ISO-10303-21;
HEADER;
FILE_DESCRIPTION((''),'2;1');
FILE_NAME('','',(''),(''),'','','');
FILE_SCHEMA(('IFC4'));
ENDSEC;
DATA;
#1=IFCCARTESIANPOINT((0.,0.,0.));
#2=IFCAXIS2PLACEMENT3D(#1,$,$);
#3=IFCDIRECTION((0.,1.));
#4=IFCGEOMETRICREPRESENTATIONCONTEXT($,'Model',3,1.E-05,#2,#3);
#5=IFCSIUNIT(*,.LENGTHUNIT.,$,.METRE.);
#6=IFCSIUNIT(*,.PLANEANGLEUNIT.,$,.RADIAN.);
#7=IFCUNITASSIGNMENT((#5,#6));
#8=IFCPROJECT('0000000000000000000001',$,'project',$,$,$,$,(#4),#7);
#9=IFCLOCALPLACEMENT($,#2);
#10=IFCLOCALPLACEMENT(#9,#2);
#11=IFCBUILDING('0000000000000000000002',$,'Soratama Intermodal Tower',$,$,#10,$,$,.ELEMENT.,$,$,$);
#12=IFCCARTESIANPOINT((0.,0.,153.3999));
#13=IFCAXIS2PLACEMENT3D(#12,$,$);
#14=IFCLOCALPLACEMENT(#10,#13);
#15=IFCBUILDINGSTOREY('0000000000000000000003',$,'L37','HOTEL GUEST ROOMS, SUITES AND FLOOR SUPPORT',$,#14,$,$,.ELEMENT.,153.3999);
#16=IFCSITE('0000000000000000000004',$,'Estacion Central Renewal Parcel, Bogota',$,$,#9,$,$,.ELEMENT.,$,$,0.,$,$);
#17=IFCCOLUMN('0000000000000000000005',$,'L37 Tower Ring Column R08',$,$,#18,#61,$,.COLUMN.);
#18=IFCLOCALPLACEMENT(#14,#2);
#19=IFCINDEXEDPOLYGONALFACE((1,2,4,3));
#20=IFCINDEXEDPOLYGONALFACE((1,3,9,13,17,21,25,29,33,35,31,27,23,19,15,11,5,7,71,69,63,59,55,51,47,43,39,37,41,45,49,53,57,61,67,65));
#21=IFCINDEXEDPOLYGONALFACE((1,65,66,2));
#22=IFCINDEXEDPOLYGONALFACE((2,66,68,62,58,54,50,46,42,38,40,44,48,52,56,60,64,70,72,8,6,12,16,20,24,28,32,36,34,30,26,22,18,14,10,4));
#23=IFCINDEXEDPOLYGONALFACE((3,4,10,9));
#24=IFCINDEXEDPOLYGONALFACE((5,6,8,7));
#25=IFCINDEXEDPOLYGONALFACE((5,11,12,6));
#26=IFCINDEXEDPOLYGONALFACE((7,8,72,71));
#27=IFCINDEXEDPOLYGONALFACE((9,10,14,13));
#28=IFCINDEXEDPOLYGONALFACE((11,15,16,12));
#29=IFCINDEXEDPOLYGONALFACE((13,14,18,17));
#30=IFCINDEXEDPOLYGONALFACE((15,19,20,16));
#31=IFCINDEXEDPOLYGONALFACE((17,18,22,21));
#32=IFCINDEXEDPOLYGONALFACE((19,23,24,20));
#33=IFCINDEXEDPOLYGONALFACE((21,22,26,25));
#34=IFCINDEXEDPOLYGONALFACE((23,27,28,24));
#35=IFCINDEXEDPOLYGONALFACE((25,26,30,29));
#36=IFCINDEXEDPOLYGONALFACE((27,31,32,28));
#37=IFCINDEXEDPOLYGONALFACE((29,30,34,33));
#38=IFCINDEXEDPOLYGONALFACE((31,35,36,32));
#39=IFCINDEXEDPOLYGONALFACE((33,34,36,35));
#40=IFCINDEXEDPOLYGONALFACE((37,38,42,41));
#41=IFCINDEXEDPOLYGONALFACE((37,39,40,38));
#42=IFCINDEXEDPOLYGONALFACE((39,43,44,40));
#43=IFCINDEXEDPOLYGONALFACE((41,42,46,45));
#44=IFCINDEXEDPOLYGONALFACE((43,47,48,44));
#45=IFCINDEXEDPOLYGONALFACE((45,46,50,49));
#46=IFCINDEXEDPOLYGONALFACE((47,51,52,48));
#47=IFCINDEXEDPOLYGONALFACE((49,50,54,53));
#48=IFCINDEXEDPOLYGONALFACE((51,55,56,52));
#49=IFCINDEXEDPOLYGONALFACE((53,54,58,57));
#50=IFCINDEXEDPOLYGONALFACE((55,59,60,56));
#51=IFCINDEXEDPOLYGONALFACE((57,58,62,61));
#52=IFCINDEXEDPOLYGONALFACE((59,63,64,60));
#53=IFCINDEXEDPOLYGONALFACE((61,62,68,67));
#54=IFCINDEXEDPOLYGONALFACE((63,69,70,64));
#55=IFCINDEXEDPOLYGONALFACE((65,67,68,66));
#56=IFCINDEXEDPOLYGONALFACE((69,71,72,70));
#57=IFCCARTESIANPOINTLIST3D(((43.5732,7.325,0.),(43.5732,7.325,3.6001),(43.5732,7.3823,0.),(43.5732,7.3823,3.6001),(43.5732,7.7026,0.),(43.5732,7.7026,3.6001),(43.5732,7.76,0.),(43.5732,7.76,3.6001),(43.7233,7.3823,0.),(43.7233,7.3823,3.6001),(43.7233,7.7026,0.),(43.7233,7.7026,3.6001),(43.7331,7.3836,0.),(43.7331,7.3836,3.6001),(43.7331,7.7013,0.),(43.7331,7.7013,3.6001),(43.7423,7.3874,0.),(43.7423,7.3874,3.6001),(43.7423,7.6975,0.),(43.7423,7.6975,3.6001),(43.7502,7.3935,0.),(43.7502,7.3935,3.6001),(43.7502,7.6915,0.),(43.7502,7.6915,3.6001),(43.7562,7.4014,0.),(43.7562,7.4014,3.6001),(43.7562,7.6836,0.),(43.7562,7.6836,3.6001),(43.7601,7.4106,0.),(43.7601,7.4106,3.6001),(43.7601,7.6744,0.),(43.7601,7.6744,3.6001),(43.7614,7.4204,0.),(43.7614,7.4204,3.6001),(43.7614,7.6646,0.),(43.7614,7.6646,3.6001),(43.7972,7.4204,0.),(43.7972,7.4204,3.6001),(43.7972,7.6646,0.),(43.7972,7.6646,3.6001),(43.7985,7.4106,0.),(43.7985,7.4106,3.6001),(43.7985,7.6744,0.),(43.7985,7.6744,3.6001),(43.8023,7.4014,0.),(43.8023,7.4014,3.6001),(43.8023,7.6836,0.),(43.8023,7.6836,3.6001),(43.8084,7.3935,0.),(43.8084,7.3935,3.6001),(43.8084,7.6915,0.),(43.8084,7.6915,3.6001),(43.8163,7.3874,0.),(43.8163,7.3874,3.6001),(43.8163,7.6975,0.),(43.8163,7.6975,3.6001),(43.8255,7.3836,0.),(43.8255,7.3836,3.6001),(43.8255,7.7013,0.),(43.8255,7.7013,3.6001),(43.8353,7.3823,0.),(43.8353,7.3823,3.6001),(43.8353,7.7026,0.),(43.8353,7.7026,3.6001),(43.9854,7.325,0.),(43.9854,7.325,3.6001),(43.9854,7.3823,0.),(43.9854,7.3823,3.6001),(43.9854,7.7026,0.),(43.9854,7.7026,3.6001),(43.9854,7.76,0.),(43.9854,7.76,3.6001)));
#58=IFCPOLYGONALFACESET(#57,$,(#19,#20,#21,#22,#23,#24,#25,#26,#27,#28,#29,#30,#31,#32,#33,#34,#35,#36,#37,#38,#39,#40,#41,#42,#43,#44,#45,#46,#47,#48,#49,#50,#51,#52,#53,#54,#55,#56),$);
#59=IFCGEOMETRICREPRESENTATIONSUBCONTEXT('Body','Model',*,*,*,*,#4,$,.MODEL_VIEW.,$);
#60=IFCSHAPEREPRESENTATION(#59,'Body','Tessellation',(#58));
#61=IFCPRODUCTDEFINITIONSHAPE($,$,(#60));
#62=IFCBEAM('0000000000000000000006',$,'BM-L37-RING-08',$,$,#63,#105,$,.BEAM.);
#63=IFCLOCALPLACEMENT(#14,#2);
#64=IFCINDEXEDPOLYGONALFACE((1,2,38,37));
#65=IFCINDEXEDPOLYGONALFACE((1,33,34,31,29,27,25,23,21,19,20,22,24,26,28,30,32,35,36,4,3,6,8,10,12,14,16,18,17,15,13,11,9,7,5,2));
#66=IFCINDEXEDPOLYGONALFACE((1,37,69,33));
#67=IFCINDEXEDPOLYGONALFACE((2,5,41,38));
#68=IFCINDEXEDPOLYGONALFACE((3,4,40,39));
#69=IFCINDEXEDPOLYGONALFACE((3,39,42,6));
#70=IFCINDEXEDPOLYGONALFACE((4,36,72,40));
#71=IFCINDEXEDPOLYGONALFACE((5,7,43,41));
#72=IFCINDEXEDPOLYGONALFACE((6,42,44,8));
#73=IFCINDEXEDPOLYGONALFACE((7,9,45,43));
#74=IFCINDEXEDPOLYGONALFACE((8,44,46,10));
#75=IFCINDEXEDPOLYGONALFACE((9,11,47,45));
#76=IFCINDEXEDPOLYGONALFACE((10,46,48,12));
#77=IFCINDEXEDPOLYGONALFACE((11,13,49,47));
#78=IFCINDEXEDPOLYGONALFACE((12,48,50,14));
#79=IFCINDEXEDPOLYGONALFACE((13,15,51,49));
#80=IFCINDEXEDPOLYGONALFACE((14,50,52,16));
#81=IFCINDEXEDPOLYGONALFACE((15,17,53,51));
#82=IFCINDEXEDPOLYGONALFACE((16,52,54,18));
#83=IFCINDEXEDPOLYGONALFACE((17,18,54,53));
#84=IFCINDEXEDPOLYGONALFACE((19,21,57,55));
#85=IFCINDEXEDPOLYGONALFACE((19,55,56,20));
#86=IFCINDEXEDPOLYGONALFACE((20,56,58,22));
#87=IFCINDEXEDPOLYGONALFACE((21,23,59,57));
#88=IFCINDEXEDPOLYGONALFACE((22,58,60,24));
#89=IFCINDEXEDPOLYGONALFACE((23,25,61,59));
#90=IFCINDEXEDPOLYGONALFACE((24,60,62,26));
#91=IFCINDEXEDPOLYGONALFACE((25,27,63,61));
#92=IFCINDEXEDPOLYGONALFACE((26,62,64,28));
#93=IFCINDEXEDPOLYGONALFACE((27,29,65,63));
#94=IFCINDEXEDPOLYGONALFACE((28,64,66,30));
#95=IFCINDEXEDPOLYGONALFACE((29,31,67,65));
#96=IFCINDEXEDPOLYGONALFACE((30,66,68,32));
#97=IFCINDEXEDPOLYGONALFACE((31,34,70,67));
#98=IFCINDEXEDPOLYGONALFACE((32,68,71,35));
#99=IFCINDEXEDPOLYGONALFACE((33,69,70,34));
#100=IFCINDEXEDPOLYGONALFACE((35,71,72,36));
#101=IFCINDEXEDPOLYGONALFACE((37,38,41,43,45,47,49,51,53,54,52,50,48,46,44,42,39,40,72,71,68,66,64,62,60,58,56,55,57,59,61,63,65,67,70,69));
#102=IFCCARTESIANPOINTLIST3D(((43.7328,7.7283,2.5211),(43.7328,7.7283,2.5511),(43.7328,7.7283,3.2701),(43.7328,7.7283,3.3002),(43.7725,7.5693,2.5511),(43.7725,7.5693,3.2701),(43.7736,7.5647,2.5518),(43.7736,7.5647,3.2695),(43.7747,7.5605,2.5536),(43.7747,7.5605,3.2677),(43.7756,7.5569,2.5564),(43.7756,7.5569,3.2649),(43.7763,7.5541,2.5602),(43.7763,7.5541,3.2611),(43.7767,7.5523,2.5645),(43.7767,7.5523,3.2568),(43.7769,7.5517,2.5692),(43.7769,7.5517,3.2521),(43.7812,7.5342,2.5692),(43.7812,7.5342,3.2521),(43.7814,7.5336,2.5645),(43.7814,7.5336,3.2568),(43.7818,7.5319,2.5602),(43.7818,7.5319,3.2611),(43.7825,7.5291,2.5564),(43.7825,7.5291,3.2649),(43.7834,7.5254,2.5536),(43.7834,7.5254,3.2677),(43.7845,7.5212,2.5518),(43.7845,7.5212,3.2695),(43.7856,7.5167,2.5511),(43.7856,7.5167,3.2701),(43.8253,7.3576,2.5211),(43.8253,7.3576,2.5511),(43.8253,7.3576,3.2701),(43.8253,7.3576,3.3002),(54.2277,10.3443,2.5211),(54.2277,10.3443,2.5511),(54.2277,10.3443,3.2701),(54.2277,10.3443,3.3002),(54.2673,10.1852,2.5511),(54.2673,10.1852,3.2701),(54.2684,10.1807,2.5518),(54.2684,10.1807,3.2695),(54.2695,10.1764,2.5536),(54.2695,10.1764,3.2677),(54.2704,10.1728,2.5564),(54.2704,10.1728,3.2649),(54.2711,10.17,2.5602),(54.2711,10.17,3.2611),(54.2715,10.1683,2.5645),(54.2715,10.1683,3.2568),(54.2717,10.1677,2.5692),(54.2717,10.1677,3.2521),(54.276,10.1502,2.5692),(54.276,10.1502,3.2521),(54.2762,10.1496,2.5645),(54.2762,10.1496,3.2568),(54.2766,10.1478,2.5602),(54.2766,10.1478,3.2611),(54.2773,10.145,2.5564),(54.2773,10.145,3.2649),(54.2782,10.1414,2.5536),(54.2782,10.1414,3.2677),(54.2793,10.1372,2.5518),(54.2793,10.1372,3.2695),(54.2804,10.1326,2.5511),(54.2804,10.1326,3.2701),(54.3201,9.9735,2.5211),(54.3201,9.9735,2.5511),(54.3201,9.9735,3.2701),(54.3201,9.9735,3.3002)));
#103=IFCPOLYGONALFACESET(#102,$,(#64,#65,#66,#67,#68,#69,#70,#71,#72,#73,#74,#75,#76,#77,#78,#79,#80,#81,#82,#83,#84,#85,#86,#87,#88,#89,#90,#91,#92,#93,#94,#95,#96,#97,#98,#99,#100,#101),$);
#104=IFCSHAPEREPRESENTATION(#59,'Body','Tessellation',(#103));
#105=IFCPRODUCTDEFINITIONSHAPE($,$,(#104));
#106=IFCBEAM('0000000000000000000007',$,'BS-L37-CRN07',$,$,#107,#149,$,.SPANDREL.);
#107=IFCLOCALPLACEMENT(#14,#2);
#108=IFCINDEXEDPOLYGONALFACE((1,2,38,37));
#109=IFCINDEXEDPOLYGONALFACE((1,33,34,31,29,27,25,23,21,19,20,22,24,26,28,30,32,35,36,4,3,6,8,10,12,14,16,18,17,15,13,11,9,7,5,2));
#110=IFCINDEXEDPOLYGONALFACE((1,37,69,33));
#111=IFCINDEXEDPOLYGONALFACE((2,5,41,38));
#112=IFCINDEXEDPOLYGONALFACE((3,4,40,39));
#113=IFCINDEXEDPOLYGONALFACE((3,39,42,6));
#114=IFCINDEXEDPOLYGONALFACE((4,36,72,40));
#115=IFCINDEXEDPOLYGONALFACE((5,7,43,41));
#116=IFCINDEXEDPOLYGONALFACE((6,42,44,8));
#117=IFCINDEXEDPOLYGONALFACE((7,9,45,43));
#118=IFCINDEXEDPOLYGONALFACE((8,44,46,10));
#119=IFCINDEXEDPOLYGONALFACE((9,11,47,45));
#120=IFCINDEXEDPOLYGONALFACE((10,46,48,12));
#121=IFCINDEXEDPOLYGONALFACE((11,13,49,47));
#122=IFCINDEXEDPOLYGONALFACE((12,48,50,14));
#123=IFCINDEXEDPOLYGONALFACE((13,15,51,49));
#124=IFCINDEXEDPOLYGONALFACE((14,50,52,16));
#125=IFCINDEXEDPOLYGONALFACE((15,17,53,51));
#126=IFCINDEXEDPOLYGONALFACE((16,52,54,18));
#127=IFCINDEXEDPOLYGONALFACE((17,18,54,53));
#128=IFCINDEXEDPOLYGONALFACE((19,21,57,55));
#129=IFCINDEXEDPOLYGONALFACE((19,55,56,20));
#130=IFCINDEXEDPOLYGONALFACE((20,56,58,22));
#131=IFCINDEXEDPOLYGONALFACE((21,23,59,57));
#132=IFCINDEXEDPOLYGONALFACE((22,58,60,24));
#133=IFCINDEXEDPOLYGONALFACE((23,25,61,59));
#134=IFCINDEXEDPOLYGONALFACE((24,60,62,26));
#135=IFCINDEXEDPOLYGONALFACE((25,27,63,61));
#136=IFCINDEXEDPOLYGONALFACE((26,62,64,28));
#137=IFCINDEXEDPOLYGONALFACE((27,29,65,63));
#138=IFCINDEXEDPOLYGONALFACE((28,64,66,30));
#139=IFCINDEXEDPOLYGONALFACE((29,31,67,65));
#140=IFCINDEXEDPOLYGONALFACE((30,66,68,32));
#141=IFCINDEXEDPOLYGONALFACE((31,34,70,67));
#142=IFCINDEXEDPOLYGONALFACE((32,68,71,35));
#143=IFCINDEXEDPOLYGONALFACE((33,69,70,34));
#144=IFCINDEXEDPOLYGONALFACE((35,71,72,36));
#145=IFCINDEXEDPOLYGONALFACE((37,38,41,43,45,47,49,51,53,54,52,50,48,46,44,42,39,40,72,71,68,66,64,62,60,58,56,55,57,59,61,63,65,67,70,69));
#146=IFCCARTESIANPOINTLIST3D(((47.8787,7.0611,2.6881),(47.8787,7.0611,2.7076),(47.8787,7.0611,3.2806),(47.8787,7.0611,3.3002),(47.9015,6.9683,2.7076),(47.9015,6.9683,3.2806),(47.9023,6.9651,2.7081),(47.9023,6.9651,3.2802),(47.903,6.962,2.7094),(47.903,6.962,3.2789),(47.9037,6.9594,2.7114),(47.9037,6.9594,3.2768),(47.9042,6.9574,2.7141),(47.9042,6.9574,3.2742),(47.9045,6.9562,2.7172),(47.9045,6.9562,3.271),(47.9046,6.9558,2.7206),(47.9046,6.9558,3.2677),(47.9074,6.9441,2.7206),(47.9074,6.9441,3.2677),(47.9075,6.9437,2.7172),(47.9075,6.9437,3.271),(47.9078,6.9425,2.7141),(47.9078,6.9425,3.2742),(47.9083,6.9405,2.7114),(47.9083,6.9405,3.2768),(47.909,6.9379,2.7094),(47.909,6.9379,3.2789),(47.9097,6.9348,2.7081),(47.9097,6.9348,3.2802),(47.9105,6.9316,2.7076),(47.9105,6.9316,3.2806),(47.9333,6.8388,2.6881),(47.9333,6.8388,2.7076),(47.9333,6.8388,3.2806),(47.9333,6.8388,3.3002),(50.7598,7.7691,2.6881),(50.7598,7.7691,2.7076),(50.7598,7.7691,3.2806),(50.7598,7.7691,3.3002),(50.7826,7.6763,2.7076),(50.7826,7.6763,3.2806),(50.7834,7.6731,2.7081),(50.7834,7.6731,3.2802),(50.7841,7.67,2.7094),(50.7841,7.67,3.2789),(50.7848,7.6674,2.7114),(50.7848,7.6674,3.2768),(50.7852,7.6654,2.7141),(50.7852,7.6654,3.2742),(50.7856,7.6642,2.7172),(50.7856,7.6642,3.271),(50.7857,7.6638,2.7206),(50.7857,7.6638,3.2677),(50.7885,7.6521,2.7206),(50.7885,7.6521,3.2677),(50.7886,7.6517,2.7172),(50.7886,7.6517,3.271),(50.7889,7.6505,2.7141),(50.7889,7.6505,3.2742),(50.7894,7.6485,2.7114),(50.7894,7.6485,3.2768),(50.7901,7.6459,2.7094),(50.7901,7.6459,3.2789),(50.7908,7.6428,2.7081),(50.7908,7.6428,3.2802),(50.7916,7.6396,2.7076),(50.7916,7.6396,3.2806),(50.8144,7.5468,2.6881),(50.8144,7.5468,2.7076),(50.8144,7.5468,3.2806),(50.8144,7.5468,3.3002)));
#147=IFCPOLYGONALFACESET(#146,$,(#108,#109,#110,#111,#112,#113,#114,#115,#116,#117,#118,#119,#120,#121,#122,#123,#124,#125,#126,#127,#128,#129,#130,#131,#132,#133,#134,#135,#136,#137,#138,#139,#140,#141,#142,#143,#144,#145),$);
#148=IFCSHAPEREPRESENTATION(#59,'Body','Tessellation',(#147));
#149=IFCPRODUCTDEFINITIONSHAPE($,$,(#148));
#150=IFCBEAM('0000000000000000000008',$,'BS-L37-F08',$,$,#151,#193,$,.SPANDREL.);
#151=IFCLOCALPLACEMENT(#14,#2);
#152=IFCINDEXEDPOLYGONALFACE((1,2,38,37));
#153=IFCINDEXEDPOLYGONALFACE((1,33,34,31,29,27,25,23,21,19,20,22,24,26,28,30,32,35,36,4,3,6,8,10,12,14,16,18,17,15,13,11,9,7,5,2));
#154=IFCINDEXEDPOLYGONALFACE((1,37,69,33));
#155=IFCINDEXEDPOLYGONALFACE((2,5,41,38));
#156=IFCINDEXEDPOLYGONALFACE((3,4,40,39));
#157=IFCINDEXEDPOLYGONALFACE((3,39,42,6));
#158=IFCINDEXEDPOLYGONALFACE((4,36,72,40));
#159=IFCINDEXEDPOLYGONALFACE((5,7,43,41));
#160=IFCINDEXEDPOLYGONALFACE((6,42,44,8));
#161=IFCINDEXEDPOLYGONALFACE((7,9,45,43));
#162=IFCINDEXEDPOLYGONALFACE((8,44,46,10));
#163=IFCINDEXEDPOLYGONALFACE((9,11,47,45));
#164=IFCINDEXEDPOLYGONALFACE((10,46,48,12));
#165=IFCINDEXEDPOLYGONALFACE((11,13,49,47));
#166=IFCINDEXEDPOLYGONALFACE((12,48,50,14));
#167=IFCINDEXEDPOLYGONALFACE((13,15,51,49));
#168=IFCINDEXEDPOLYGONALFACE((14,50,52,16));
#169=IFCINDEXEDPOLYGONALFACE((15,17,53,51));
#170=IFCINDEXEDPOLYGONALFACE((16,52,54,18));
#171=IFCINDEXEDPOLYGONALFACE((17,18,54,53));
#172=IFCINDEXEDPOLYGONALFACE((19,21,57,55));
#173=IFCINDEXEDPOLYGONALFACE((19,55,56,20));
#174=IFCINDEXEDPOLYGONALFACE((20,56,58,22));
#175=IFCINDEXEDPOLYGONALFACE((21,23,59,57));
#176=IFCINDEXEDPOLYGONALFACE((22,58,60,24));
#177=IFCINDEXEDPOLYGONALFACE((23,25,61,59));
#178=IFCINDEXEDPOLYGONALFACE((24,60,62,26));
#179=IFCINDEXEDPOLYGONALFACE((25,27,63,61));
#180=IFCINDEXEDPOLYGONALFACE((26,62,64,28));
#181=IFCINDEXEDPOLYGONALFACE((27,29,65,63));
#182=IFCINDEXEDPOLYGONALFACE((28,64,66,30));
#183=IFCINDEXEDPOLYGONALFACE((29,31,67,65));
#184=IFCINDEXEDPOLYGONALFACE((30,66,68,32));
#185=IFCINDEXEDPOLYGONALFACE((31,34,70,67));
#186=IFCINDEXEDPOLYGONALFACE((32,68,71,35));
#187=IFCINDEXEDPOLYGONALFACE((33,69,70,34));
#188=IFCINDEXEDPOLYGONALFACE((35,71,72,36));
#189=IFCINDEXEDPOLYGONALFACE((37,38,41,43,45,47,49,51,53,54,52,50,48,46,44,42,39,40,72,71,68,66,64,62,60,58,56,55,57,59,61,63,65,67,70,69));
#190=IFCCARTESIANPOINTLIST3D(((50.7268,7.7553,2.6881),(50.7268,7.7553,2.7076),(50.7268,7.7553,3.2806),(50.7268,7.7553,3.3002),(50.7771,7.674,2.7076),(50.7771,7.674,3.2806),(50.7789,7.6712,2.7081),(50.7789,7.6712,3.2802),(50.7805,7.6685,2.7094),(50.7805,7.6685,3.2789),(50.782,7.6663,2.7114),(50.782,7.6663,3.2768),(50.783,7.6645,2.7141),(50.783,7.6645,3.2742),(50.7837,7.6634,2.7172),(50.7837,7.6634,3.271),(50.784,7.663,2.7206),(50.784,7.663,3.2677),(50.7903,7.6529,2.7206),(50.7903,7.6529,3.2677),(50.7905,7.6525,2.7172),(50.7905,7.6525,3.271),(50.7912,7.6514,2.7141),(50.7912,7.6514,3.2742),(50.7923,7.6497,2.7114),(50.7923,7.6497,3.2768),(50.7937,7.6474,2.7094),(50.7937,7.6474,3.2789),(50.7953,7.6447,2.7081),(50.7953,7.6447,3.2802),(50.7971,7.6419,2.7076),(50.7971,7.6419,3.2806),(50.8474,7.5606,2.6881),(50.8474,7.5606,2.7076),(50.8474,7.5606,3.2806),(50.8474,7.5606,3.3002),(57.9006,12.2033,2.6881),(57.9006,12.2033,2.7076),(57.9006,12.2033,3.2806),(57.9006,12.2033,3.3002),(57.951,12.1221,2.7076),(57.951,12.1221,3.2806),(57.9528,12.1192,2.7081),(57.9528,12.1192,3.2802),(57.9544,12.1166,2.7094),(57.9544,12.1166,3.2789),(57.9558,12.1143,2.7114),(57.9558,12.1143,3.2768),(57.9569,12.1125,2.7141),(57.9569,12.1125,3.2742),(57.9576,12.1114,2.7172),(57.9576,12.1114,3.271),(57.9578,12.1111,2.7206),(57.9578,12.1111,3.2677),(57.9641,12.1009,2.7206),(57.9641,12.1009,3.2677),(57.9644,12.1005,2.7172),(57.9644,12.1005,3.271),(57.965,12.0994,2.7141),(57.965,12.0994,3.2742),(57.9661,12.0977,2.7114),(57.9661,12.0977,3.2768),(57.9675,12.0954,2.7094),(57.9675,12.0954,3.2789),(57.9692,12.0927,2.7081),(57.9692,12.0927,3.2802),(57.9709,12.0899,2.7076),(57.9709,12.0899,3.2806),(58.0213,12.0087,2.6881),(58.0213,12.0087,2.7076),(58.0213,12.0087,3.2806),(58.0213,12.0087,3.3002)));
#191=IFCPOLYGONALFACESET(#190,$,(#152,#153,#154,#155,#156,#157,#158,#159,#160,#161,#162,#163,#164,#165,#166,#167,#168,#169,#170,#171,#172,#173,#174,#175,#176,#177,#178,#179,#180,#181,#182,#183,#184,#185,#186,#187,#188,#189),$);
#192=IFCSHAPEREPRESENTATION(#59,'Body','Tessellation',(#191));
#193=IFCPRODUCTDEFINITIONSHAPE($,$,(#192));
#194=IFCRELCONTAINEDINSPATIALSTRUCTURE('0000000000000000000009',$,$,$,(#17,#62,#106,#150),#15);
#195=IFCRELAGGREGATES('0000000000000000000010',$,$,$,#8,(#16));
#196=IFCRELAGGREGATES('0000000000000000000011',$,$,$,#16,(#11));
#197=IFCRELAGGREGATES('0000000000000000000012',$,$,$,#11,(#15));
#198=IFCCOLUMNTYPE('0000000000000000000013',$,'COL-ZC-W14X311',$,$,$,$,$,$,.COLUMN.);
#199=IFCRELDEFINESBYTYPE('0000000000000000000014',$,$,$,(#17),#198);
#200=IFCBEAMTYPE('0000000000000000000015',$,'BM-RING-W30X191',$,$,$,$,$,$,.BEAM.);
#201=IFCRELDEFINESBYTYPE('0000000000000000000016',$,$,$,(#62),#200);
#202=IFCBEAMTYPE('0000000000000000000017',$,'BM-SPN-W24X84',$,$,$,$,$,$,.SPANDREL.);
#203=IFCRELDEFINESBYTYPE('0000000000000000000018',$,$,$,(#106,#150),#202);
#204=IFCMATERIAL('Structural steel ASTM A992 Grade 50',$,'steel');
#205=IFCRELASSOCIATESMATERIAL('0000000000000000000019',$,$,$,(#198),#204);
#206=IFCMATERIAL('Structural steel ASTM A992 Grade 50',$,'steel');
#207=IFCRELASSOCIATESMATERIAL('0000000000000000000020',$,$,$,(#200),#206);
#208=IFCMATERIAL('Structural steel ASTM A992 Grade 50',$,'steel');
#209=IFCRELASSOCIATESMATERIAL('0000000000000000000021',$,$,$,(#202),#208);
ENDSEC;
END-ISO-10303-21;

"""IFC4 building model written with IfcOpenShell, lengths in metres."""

from ifc_helpers import new_model, si_unit, direction, frame, origin, origin_2d, place, context, subcontext, project, spatial, i_section, extrude, material, material_profile, profile_set, type_object, element, save


model = new_model("IFC4")

# Units and contexts
model_context = context("Model", 3, precision=1e-05, world=origin(), true_north=direction((0.0, 1.0)))
body_context = subcontext(model_context, "Body", "Model", "MODEL_VIEW")
ifc_project = project(units=[si_unit("LENGTHUNIT", "METRE"), si_unit("PLANEANGLEUNIT", "RADIAN")], contexts=[model_context])

# Site, building, storey
site_placement = place(None, origin())
site = spatial("IfcSite", under=ifc_project, at=site_placement, Name="Estacion Central Renewal Parcel, Bogota", CompositionType="ELEMENT", RefElevation=0.0)
building_placement = place(site_placement, origin())
building = spatial("IfcBuilding", under=site, at=building_placement, Name="Soratama Intermodal Tower", CompositionType="ELEMENT")
storey_placement = place(building_placement, frame((0.0, 0.0, 153.3999)))
storey = spatial("IfcBuildingStorey", under=building, at=storey_placement, Name="L37", Description="HOTEL GUEST ROOMS, SUITES AND FLOOR SUPPORT", CompositionType="ELEMENT", Elevation=153.3999)

# Column
ifc_material_1 = material(Name="Structural steel ASTM A992 Grade 50", Category="steel")
ifc_material_profile_1 = material_profile(ifc_material_1, i_section(OverallWidth=0.4121, OverallDepth=0.4351, WebThickness=0.0359, FlangeThickness=0.0574, FilletRadius=0.0381, at=origin_2d()), Name="W14X311")
ifc_profile_set_1 = profile_set([ifc_material_profile_1], Name="Structural steel ASTM A992 Grade 50")
column_type = type_object("IfcColumnType", Name="COL-ZC-W14X311", PredefinedType="COLUMN", material=ifc_profile_set_1)
column_placement = place(storey_placement, frame((43.7793, 7.5425, 0.0), z_axis=(0.0, 0.0, 1.0), x_axis=(1.0, 0.0, 0.0)))
element("IfcColumn", 1, at=column_placement, inside=storey, type_object=column_type, Name="L37 Tower Ring Column R08", PredefinedType="COLUMN", context=body_context, shape_type="SweptSolid", body=[
    extrude(i_section(OverallWidth=0.4121, OverallDepth=0.4351, WebThickness=0.0359, FlangeThickness=0.0574, FilletRadius=0.0381, at=origin_2d()), origin(), (0.0, 0.0, 1.0), 3.6001),
])

# Beams
ifc_material_2 = material(Name="Structural steel ASTM A992 Grade 50", Category="steel")
ifc_material_profile_2 = material_profile(ifc_material_2, i_section(OverallWidth=0.3821, OverallDepth=0.7791, WebThickness=0.0181, FlangeThickness=0.03, FilletRadius=0.0181, at=origin_2d()), Name="W30X191")
ifc_profile_set_2 = profile_set([ifc_material_profile_2], Name="Structural steel ASTM A992 Grade 50")
beam_type_1 = type_object("IfcBeamType", Name="BM-RING-W30X191", PredefinedType="BEAM", material=ifc_profile_set_2)
beam_1_placement = place(storey_placement, frame((43.7791, 7.543, 2.9106), z_axis=(0.970311, 0.241861, 0.0), x_axis=(-0.241861, 0.970311, 0.0)))
element("IfcBeam", 2, at=beam_1_placement, inside=storey, type_object=beam_type_1, Name="BM-L37-RING-08", PredefinedType="BEAM", context=body_context, shape_type="SweptSolid", body=[
    extrude(i_section(OverallWidth=0.3821, OverallDepth=0.7791, WebThickness=0.0181, FlangeThickness=0.03, FilletRadius=0.0181, at=origin_2d()), origin(), (0.0, 0.0, 1.0), 10.8159),
])
ifc_material_3 = material(Name="Structural steel ASTM A992 Grade 50", Category="steel")
ifc_material_profile_3 = material_profile(ifc_material_3, i_section(OverallWidth=0.229, OverallDepth=0.6121, WebThickness=0.012, FlangeThickness=0.0195, FilletRadius=0.0129, at=origin_2d()), Name="W24X84")
ifc_profile_set_3 = profile_set([ifc_material_profile_3], Name="Structural steel ASTM A992 Grade 50")
beam_type_2 = type_object("IfcBeamType", Name="BM-SPN-W24X84", PredefinedType="SPANDREL", material=ifc_profile_set_3)
beam_2_placement = place(storey_placement, frame((47.906, 6.95, 2.9941), z_axis=(0.971108, 0.238642, 0.0), x_axis=(-0.238642, 0.971108, 0.0)))
element("IfcBeam", 3, at=beam_2_placement, inside=storey, type_object=beam_type_2, Name="BS-L37-CRN07", PredefinedType="SPANDREL", context=body_context, shape_type="SweptSolid", body=[
    extrude(i_section(OverallWidth=0.229, OverallDepth=0.6121, WebThickness=0.012, FlangeThickness=0.0195, FilletRadius=0.0129, at=origin_2d()), origin(), (0.0, 0.0, 1.0), 2.9668),
])
beam_3_placement = place(storey_placement, frame((50.7871, 7.658, 2.9941), z_axis=(0.849891, 0.526959, 0.0), x_axis=(-0.526959, 0.849891, 0.0)))
element("IfcBeam", 4, at=beam_3_placement, inside=storey, type_object=beam_type_2, Name="BS-L37-F08", PredefinedType="SPANDREL", context=body_context, shape_type="SweptSolid", body=[
    extrude(i_section(OverallWidth=0.229, OverallDepth=0.6121, WebThickness=0.012, FlangeThickness=0.0195, FilletRadius=0.0129, at=origin_2d()), origin(), (0.0, 0.0, 1.0), 8.4409),
])

save(model, "model.ifc")
